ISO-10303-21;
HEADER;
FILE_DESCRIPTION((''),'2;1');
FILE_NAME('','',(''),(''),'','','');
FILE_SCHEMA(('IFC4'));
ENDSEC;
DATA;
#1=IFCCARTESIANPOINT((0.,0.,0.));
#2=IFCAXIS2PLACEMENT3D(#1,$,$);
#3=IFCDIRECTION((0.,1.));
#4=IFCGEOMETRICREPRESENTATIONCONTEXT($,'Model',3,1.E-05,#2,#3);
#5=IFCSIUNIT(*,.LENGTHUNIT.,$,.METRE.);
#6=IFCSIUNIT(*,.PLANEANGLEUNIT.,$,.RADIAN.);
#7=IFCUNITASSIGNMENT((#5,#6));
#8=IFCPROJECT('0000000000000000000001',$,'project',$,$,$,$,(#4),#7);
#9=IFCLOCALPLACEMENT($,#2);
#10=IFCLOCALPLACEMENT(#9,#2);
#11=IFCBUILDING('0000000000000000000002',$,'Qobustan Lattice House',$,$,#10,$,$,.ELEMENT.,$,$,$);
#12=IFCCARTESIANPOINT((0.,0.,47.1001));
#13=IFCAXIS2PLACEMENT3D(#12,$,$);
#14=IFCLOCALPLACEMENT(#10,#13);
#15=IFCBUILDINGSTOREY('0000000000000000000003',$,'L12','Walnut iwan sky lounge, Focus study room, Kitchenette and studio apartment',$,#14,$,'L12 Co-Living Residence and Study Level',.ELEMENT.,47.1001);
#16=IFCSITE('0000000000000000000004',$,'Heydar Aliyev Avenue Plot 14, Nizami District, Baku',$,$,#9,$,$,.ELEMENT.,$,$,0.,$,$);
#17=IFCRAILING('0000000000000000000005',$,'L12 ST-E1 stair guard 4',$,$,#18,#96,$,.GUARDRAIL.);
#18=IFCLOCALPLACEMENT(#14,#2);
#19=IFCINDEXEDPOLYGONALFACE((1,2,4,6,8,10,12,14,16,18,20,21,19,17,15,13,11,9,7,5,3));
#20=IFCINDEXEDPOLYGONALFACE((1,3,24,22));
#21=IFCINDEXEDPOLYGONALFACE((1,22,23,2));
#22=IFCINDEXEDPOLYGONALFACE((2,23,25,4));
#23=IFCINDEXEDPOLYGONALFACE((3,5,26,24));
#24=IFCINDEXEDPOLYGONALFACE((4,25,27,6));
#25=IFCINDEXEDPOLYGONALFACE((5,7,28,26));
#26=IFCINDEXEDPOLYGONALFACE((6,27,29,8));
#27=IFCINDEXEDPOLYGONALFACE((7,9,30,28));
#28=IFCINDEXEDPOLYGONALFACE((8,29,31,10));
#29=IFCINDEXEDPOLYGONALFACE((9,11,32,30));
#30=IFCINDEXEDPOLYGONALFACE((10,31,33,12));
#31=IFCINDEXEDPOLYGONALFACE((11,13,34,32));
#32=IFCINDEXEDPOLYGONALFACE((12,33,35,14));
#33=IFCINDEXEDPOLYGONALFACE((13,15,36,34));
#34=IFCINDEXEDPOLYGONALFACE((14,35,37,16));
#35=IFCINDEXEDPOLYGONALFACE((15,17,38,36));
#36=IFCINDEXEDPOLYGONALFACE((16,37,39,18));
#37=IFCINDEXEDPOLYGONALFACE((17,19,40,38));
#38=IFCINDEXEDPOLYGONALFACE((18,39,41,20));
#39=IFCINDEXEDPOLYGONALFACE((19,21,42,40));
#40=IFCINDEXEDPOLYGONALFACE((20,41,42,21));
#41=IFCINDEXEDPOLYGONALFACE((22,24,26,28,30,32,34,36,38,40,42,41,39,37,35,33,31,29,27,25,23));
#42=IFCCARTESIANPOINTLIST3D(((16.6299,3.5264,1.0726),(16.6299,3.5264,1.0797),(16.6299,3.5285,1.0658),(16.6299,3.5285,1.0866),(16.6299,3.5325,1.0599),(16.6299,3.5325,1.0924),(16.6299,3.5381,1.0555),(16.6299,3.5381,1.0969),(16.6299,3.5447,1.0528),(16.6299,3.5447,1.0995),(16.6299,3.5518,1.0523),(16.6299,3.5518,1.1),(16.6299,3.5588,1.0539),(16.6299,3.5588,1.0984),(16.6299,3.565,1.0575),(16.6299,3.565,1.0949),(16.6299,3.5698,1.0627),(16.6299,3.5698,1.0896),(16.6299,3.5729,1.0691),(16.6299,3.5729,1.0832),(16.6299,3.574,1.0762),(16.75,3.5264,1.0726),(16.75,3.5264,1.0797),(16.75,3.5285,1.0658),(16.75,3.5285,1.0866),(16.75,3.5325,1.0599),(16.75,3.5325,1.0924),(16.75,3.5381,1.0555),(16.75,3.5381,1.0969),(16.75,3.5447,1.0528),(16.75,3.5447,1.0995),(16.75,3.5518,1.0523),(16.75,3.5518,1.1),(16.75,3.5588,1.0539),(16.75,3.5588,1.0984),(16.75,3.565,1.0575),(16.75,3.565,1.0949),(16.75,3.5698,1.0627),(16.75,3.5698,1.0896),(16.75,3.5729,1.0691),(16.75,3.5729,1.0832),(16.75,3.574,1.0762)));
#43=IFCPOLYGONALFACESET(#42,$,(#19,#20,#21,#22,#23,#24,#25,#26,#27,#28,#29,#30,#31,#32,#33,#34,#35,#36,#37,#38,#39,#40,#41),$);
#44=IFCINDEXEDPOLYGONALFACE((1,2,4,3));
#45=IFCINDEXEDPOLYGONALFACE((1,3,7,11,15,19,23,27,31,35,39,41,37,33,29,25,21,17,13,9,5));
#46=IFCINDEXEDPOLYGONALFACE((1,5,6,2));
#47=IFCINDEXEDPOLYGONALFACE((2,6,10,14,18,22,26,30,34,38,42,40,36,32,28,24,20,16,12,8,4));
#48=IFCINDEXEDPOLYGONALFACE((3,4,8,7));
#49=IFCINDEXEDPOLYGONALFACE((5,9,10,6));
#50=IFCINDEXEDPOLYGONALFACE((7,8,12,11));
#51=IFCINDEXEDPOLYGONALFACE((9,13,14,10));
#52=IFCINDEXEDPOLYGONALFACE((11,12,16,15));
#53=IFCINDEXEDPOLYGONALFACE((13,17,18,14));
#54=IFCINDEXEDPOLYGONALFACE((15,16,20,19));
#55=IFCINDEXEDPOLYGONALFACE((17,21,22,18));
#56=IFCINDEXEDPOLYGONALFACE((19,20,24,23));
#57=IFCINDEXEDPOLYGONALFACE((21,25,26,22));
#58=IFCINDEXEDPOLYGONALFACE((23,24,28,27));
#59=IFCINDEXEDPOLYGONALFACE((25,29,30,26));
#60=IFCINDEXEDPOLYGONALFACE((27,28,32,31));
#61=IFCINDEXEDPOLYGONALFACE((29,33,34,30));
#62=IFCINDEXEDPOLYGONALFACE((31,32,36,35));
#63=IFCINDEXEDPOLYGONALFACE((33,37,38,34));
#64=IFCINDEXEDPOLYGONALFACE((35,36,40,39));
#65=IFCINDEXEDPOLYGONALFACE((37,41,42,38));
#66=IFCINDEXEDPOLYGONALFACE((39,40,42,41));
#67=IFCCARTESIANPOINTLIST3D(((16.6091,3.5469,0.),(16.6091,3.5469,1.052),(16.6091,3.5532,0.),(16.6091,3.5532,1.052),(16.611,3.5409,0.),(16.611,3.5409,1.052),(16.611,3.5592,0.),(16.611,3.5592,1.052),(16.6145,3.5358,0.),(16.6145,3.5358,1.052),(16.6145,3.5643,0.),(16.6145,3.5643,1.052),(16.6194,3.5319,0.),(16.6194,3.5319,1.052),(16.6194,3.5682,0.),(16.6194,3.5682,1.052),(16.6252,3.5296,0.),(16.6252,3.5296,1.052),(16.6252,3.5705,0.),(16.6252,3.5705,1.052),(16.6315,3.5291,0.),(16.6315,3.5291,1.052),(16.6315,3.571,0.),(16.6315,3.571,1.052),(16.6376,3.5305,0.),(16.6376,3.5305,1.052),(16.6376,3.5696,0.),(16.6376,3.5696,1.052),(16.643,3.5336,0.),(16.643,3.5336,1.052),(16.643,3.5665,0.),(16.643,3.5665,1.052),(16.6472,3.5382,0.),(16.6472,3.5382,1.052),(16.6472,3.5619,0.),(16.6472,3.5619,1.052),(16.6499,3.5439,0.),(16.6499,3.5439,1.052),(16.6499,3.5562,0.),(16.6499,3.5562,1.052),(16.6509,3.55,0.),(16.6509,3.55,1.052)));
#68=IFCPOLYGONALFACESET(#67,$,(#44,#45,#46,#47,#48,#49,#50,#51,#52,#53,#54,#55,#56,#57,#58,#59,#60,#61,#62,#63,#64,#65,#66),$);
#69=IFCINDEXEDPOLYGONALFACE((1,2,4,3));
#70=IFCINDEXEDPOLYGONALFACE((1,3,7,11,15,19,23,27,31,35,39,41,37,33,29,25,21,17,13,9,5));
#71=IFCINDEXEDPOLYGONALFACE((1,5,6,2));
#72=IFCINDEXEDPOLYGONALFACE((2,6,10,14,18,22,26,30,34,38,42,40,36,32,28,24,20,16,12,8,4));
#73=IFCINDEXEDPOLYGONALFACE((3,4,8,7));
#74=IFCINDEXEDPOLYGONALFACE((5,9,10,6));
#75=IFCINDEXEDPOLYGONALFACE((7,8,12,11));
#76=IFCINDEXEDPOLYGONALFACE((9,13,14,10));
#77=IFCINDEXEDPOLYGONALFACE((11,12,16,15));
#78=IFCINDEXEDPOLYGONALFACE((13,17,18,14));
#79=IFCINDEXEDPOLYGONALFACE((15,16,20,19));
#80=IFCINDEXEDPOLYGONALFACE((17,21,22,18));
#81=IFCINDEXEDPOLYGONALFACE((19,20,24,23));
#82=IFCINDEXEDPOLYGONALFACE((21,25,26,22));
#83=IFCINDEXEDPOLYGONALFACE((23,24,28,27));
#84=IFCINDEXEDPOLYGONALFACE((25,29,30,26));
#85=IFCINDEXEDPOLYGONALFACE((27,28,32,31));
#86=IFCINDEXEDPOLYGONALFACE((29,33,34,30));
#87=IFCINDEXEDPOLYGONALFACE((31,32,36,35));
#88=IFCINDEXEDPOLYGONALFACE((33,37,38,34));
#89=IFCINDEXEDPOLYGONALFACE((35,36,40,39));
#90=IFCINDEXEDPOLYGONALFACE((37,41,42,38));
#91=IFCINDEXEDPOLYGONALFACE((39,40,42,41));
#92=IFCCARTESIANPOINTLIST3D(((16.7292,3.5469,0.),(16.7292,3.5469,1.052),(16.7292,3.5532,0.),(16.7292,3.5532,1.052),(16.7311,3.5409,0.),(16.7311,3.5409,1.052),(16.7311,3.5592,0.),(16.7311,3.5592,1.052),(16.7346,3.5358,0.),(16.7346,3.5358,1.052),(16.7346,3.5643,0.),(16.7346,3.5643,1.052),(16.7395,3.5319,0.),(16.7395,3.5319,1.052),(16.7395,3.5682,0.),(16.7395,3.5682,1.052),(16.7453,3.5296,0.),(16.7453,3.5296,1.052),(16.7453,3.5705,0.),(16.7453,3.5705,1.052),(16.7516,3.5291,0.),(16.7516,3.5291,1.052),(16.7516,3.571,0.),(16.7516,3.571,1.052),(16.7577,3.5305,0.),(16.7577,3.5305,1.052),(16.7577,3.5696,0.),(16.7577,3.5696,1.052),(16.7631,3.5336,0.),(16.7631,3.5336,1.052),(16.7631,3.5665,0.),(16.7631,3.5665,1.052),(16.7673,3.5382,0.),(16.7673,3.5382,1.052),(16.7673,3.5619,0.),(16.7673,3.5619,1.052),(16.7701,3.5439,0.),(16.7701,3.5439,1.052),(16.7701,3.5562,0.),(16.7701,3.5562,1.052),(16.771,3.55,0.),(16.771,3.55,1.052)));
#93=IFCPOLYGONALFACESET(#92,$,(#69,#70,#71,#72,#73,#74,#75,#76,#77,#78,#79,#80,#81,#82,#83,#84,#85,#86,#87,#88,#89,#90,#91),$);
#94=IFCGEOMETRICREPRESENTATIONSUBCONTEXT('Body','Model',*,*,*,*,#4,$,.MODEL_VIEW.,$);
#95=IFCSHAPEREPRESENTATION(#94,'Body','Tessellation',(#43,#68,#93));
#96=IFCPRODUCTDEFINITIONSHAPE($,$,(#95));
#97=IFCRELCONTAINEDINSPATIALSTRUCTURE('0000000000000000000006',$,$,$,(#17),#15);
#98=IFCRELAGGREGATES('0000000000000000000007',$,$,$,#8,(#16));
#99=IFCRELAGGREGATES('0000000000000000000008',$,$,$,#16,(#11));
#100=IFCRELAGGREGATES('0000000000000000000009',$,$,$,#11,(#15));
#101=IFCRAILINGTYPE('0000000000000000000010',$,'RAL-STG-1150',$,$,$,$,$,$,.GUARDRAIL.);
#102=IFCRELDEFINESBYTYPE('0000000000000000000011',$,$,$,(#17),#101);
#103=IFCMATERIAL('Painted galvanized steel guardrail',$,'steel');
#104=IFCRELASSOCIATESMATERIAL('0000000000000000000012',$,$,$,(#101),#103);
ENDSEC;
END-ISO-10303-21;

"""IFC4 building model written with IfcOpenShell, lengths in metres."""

from ifc_helpers import new_model, si_unit, direction, frame, origin, origin_2d, place, context, subcontext, project, spatial, circle, extrude, material, type_object, element, save


model = new_model("IFC4")

# Units and contexts
model_context = context("Model", 3, precision=1e-05, world=origin(), true_north=direction((0.0, 1.0)))
body_context = subcontext(model_context, "Body", "Model", "MODEL_VIEW")
ifc_project = project(units=[si_unit("LENGTHUNIT", "METRE"), si_unit("PLANEANGLEUNIT", "RADIAN")], contexts=[model_context])

# Site, building, storey
site_placement = place(None, origin())
site = spatial("IfcSite", under=ifc_project, at=site_placement, Name="Heydar Aliyev Avenue Plot 14, Nizami District, Baku", CompositionType="ELEMENT", RefElevation=0.0)
building_placement = place(site_placement, origin())
building = spatial("IfcBuilding", under=site, at=building_placement, Name="Qobustan Lattice House", CompositionType="ELEMENT")
storey_placement = place(building_placement, frame((0.0, 0.0, 47.1001)))
storey = spatial("IfcBuildingStorey", under=building, at=storey_placement, Name="L12", Description="Walnut iwan sky lounge, Focus study room, Kitchenette and studio apartment", LongName="L12 Co-Living Residence and Study Level", CompositionType="ELEMENT", Elevation=47.1001)

# Railing
ifc_material_1 = material(Name="Painted galvanized steel guardrail", Category="steel")
railing_type_1 = type_object("IfcRailingType", Name="RAL-STG-1150", PredefinedType="GUARDRAIL", material=ifc_material_1)
railing_1_placement = place(storey_placement, frame((16.6299, 3.55, 0.0)))
element("IfcRailing", 1, at=railing_1_placement, inside=storey, type_object=railing_type_1, Name="L12 ST-E1 stair guard 4", PredefinedType="GUARDRAIL", context=body_context, shape_type="SweptSolid", body=[
    extrude(circle(Radius=0.0239, at=origin_2d()), frame((0.0, 0.0, 1.0762), z_axis=(1.0, 0.0, 0.0), x_axis=(0.0, 1.0, 0.0)), (0.0, 0.0, 1.0), 0.1201),
    extrude(circle(Radius=0.021, at=origin_2d()), origin(), (0.0, 0.0, 1.0), 1.052),
    extrude(circle(Radius=0.021, at=origin_2d()), frame((0.1201, 0.0, 0.0)), (0.0, 0.0, 1.0), 1.052),
])

save(model, "model.ifc")
